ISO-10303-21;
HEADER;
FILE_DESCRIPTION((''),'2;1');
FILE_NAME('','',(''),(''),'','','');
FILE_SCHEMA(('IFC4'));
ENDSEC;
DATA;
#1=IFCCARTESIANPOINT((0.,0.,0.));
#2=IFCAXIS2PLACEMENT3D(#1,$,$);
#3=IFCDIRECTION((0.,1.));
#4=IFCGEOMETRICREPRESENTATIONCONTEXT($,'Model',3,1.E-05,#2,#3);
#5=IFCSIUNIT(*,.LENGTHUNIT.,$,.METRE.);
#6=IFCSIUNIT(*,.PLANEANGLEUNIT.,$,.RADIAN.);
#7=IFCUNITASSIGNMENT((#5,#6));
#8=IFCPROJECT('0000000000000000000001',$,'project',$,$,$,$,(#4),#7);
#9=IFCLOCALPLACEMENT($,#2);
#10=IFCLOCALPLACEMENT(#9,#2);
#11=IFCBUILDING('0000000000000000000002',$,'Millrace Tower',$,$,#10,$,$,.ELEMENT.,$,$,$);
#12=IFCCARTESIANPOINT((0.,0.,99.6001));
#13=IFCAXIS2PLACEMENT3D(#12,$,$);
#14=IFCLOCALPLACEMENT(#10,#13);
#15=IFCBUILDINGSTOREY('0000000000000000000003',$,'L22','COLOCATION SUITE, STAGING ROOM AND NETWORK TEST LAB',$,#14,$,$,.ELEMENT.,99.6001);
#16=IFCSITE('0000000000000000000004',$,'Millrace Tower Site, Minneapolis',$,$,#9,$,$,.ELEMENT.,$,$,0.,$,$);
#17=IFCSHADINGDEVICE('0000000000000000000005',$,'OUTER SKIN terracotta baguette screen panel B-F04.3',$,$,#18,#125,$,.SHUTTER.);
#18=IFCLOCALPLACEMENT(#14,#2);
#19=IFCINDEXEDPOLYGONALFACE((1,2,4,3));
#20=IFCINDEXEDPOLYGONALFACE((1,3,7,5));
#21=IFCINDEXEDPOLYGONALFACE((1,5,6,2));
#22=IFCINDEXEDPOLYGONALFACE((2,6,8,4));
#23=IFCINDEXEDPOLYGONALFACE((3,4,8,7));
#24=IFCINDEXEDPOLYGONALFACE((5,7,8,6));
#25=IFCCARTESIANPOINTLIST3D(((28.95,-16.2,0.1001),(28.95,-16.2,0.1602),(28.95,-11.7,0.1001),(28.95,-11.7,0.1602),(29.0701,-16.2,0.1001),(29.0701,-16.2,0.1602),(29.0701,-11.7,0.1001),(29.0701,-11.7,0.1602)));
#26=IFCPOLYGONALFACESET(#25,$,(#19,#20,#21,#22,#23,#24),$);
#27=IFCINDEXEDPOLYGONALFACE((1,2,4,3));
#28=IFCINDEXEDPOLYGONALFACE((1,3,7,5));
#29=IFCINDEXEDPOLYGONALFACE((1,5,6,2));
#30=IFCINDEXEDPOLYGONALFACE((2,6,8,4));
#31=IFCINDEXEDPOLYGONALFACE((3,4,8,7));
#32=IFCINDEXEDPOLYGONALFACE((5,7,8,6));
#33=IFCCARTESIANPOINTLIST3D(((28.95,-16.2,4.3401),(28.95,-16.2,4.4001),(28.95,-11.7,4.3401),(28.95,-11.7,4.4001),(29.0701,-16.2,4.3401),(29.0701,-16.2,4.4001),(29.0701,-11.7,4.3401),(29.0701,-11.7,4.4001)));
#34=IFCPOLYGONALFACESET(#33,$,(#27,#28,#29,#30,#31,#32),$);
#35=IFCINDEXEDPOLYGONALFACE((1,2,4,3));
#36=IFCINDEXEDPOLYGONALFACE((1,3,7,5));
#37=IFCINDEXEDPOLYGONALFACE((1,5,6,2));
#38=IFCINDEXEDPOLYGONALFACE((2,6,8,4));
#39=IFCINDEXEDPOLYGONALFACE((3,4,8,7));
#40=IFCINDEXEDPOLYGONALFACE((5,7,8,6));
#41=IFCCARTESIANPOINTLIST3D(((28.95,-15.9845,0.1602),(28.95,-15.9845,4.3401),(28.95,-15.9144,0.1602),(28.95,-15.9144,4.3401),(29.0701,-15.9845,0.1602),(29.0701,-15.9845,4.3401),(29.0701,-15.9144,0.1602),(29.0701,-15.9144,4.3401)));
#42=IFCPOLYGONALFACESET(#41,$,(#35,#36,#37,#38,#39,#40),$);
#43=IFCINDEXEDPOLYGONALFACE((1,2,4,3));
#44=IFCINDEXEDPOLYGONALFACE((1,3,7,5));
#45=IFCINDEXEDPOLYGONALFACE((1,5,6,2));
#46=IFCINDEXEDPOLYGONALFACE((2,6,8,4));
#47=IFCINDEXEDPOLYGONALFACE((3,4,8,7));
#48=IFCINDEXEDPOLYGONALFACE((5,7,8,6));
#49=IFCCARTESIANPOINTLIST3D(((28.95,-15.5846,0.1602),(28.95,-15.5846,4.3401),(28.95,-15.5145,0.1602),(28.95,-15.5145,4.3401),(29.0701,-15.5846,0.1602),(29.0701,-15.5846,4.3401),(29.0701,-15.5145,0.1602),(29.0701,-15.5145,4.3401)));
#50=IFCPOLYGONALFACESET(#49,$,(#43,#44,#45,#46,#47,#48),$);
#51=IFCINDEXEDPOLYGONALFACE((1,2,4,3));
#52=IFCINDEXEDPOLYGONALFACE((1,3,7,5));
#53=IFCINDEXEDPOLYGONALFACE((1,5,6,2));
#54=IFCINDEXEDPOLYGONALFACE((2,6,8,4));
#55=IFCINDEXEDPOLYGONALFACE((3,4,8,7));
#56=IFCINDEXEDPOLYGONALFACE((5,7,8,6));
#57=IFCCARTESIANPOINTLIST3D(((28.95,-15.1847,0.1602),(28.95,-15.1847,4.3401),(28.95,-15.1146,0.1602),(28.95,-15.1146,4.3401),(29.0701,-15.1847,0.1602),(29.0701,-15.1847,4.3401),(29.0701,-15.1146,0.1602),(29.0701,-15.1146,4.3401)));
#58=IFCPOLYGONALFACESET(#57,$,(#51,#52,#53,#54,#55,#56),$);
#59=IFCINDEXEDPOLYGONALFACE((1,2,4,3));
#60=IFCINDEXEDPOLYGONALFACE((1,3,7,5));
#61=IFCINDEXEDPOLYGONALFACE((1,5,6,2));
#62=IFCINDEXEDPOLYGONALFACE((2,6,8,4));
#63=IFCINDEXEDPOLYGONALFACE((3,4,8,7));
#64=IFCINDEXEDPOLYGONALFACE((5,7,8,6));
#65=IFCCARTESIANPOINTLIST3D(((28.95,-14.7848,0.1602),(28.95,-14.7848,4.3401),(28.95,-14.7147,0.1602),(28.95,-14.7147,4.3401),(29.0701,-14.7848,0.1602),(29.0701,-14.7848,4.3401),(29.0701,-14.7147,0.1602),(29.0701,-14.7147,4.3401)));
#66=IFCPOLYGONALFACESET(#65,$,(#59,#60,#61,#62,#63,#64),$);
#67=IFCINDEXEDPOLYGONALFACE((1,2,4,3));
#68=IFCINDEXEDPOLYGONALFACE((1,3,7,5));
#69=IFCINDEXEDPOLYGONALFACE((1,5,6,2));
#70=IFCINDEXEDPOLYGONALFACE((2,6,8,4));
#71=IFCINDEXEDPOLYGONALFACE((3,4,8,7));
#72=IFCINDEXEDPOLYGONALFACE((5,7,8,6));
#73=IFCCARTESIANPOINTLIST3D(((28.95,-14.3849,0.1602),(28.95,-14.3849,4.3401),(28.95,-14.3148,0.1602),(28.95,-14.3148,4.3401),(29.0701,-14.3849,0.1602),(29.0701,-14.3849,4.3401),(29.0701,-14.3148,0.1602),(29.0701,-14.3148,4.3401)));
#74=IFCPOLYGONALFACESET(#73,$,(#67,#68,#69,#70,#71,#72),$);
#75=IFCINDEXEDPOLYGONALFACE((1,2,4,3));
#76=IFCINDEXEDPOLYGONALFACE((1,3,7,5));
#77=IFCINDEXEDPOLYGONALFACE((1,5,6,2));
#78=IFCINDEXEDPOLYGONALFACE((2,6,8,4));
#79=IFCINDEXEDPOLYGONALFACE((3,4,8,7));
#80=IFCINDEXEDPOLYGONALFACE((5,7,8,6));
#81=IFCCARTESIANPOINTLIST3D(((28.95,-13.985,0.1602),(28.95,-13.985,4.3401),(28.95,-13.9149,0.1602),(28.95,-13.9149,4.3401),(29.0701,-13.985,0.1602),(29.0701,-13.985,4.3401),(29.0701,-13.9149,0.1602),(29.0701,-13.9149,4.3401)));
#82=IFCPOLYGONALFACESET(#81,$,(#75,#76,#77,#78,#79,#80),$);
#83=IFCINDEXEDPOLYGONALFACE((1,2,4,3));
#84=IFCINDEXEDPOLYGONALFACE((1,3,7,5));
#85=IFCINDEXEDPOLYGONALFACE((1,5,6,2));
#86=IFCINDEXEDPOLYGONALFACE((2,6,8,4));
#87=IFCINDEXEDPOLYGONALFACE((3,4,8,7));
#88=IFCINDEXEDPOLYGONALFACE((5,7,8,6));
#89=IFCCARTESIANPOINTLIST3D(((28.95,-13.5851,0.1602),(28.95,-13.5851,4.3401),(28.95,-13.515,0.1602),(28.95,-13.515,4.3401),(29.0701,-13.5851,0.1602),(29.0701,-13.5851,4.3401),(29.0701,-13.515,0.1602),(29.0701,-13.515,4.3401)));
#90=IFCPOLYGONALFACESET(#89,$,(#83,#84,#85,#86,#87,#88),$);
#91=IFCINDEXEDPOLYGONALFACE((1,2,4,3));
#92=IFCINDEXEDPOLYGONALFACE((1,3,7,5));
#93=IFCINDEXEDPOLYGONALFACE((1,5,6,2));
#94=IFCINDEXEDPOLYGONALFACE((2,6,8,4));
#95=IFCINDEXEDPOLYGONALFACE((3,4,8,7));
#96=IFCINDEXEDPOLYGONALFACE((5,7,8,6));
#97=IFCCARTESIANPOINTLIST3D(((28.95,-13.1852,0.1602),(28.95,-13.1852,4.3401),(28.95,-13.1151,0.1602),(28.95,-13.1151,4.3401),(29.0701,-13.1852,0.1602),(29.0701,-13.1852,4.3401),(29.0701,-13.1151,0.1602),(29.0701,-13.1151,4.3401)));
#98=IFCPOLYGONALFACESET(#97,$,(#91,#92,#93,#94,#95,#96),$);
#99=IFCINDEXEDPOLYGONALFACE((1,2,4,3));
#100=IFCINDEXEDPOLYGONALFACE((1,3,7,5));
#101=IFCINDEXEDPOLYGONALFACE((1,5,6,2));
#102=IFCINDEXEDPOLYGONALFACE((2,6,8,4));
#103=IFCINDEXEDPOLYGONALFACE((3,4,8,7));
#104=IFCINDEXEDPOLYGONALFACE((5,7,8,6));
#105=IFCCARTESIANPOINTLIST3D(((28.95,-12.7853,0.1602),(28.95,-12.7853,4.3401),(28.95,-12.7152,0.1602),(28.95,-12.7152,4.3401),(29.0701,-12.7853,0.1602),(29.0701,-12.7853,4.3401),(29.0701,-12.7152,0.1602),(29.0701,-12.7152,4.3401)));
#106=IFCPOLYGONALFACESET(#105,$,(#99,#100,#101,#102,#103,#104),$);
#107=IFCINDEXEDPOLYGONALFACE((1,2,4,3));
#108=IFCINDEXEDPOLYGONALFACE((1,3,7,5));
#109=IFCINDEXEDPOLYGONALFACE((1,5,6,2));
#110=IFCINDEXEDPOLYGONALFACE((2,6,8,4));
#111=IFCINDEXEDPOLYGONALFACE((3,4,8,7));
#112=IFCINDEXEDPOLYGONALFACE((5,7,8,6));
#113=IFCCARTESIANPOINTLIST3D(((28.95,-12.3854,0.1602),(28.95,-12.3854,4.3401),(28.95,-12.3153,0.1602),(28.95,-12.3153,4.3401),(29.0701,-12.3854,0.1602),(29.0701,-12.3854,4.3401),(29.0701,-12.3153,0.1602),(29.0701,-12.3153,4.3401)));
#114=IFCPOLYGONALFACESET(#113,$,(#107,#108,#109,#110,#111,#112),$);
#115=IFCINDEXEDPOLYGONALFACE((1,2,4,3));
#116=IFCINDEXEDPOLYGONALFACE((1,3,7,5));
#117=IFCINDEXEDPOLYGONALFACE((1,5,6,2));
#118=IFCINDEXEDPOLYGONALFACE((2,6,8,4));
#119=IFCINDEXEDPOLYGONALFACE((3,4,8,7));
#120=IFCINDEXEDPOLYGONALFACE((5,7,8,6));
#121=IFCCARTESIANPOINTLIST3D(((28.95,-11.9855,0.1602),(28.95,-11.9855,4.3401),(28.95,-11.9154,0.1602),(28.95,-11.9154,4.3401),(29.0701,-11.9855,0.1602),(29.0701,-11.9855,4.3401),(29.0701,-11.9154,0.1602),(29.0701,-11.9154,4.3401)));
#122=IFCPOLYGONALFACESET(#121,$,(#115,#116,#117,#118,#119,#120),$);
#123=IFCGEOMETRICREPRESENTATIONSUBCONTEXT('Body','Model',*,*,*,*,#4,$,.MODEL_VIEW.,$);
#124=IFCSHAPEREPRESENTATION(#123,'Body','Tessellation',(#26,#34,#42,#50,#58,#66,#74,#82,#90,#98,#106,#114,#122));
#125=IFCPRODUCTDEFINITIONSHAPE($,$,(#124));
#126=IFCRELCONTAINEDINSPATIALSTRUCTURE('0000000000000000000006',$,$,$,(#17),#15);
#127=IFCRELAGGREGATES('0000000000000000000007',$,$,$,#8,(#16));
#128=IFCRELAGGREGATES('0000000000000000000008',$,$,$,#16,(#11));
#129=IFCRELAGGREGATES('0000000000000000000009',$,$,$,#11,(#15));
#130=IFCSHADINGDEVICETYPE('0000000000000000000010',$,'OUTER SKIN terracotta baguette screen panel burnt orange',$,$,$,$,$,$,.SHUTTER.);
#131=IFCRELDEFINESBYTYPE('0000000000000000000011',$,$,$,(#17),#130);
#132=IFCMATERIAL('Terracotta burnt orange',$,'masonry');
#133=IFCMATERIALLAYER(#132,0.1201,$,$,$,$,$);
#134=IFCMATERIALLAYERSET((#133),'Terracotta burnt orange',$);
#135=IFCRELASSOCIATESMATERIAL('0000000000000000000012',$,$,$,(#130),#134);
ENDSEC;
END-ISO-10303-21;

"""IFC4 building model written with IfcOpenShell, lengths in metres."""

from ifc_helpers import new_model, entity, si_unit, direction, frame, frame_2d, origin, origin_2d, place, context, subcontext, project, spatial, rectangle, extrude, source, transform, mapped, material, layer, layer_set, type_object, element, save


model = new_model("IFC4")

# Units and contexts
model_context = context("Model", 3, precision=1e-05, world=origin(), true_north=direction((0.0, 1.0)))
body_context = subcontext(model_context, "Body", "Model", "MODEL_VIEW")
ifc_project = project(units=[si_unit("LENGTHUNIT", "METRE"), si_unit("PLANEANGLEUNIT", "RADIAN")], contexts=[model_context])

# Site, building, storey
site_placement = place(None, origin())
site = spatial("IfcSite", under=ifc_project, at=site_placement, Name="Millrace Tower Site, Minneapolis", CompositionType="ELEMENT", RefElevation=0.0)
building_placement = place(site_placement, origin())
building = spatial("IfcBuilding", under=site, at=building_placement, Name="Millrace Tower", CompositionType="ELEMENT")
storey_placement = place(building_placement, frame((0.0, 0.0, 99.6001)))
storey = spatial("IfcBuildingStorey", under=building, at=storey_placement, Name="L22", Description="COLOCATION SUITE, STAGING ROOM AND NETWORK TEST LAB", CompositionType="ELEMENT", Elevation=99.6001)

# Shading device
ifc_material_1 = material(Name="Terracotta burnt orange", Category="masonry")
ifc_layer_1 = layer(ifc_material_1, 0.1201)
ifc_layer_set_1 = layer_set([ifc_layer_1], Name="Terracotta burnt orange")
shading_device_type = type_object("IfcShadingDeviceType", Name="OUTER SKIN terracotta baguette screen panel burnt orange", PredefinedType="SHUTTER", material=ifc_layer_set_1)
cartesian_point_1 = entity("IfcCartesianPoint", [-2.25, 0.0601])
shared_polyline_1 = entity("IfcPolyline", [cartesian_point_1, entity("IfcCartesianPoint", [2.25, 0.0601]), entity("IfcCartesianPoint", [2.25, -0.0601]), entity("IfcCartesianPoint", [-2.25, -0.0601]), cartesian_point_1])
shared_shape_1 = source(origin(), body_context, "Body", "SweptSolid", [
    entity("IfcExtrudedAreaSolid", entity("IfcArbitraryClosedProfileDef", "AREA", None, shared_polyline_1), entity("IfcAxis2Placement3D", entity("IfcCartesianPoint", [0.0, 0.0, 0.0])), entity("IfcDirection", [0.0, 0.0, 1.0]), 0.0601),
    entity("IfcExtrudedAreaSolid", entity("IfcArbitraryClosedProfileDef", "AREA", None, shared_polyline_1), entity("IfcAxis2Placement3D", entity("IfcCartesianPoint", [0.0, 0.0, 4.24])), entity("IfcDirection", [0.0, 0.0, 1.0]), 0.0601),
    extrude(rectangle(XDim=0.0701, YDim=0.1201, at=frame_2d((-1.9995, 0.0))), frame((0.0, 0.0, 0.0601)), (0.0, 0.0, 1.0), 4.1799),
    extrude(rectangle(XDim=0.0701, YDim=0.1201, at=frame_2d((-1.5996, 0.0))), frame((0.0, 0.0, 0.0601)), (0.0, 0.0, 1.0), 4.1799),
    extrude(rectangle(XDim=0.0701, YDim=0.1201, at=frame_2d((-1.1997, 0.0))), frame((0.0, 0.0, 0.0601)), (0.0, 0.0, 1.0), 4.1799),
    extrude(rectangle(XDim=0.0701, YDim=0.1201, at=frame_2d((-0.7998, 0.0))), frame((0.0, 0.0, 0.0601)), (0.0, 0.0, 1.0), 4.1799),
    extrude(rectangle(XDim=0.0701, YDim=0.1201, at=frame_2d((-0.3999, 0.0))), frame((0.0, 0.0, 0.0601)), (0.0, 0.0, 1.0), 4.1799),
    extrude(rectangle(XDim=0.0701, YDim=0.1201, at=origin_2d()), frame((0.0, 0.0, 0.0601)), (0.0, 0.0, 1.0), 4.1799),
    extrude(rectangle(XDim=0.0701, YDim=0.1201, at=frame_2d((0.3999, 0.0))), frame((0.0, 0.0, 0.0601)), (0.0, 0.0, 1.0), 4.1799),
    extrude(rectangle(XDim=0.0701, YDim=0.1201, at=frame_2d((0.7998, 0.0))), frame((0.0, 0.0, 0.0601)), (0.0, 0.0, 1.0), 4.1799),
    extrude(rectangle(XDim=0.0701, YDim=0.1201, at=frame_2d((1.1997, 0.0))), frame((0.0, 0.0, 0.0601)), (0.0, 0.0, 1.0), 4.1799),
    extrude(rectangle(XDim=0.0701, YDim=0.1201, at=frame_2d((1.5996, 0.0))), frame((0.0, 0.0, 0.0601)), (0.0, 0.0, 1.0), 4.1799),
    extrude(rectangle(XDim=0.0701, YDim=0.1201, at=frame_2d((1.9995, 0.0))), frame((0.0, 0.0, 0.0601)), (0.0, 0.0, 1.0), 4.1799),
])
for number, where, z_axis, x_axis, name in (
    (1, (29.01, -13.95, 0.1001), (0.0, 0.0, 1.0), (0.0, 1.0, 0.0), "OUTER SKIN terracotta baguette screen panel B-F04.3"),
):
    element("IfcShadingDevice", number, at=place(storey_placement, frame(where, z_axis=z_axis, x_axis=x_axis)), inside=storey, type_object=shading_device_type, Name=name, PredefinedType="SHUTTER", context=body_context, shape_type="MappedRepresentation", body=[
        mapped(shared_shape_1, transform((0.0, 0.0, 0.0), scale=1.0)),
    ])

save(model, "model.ifc")
